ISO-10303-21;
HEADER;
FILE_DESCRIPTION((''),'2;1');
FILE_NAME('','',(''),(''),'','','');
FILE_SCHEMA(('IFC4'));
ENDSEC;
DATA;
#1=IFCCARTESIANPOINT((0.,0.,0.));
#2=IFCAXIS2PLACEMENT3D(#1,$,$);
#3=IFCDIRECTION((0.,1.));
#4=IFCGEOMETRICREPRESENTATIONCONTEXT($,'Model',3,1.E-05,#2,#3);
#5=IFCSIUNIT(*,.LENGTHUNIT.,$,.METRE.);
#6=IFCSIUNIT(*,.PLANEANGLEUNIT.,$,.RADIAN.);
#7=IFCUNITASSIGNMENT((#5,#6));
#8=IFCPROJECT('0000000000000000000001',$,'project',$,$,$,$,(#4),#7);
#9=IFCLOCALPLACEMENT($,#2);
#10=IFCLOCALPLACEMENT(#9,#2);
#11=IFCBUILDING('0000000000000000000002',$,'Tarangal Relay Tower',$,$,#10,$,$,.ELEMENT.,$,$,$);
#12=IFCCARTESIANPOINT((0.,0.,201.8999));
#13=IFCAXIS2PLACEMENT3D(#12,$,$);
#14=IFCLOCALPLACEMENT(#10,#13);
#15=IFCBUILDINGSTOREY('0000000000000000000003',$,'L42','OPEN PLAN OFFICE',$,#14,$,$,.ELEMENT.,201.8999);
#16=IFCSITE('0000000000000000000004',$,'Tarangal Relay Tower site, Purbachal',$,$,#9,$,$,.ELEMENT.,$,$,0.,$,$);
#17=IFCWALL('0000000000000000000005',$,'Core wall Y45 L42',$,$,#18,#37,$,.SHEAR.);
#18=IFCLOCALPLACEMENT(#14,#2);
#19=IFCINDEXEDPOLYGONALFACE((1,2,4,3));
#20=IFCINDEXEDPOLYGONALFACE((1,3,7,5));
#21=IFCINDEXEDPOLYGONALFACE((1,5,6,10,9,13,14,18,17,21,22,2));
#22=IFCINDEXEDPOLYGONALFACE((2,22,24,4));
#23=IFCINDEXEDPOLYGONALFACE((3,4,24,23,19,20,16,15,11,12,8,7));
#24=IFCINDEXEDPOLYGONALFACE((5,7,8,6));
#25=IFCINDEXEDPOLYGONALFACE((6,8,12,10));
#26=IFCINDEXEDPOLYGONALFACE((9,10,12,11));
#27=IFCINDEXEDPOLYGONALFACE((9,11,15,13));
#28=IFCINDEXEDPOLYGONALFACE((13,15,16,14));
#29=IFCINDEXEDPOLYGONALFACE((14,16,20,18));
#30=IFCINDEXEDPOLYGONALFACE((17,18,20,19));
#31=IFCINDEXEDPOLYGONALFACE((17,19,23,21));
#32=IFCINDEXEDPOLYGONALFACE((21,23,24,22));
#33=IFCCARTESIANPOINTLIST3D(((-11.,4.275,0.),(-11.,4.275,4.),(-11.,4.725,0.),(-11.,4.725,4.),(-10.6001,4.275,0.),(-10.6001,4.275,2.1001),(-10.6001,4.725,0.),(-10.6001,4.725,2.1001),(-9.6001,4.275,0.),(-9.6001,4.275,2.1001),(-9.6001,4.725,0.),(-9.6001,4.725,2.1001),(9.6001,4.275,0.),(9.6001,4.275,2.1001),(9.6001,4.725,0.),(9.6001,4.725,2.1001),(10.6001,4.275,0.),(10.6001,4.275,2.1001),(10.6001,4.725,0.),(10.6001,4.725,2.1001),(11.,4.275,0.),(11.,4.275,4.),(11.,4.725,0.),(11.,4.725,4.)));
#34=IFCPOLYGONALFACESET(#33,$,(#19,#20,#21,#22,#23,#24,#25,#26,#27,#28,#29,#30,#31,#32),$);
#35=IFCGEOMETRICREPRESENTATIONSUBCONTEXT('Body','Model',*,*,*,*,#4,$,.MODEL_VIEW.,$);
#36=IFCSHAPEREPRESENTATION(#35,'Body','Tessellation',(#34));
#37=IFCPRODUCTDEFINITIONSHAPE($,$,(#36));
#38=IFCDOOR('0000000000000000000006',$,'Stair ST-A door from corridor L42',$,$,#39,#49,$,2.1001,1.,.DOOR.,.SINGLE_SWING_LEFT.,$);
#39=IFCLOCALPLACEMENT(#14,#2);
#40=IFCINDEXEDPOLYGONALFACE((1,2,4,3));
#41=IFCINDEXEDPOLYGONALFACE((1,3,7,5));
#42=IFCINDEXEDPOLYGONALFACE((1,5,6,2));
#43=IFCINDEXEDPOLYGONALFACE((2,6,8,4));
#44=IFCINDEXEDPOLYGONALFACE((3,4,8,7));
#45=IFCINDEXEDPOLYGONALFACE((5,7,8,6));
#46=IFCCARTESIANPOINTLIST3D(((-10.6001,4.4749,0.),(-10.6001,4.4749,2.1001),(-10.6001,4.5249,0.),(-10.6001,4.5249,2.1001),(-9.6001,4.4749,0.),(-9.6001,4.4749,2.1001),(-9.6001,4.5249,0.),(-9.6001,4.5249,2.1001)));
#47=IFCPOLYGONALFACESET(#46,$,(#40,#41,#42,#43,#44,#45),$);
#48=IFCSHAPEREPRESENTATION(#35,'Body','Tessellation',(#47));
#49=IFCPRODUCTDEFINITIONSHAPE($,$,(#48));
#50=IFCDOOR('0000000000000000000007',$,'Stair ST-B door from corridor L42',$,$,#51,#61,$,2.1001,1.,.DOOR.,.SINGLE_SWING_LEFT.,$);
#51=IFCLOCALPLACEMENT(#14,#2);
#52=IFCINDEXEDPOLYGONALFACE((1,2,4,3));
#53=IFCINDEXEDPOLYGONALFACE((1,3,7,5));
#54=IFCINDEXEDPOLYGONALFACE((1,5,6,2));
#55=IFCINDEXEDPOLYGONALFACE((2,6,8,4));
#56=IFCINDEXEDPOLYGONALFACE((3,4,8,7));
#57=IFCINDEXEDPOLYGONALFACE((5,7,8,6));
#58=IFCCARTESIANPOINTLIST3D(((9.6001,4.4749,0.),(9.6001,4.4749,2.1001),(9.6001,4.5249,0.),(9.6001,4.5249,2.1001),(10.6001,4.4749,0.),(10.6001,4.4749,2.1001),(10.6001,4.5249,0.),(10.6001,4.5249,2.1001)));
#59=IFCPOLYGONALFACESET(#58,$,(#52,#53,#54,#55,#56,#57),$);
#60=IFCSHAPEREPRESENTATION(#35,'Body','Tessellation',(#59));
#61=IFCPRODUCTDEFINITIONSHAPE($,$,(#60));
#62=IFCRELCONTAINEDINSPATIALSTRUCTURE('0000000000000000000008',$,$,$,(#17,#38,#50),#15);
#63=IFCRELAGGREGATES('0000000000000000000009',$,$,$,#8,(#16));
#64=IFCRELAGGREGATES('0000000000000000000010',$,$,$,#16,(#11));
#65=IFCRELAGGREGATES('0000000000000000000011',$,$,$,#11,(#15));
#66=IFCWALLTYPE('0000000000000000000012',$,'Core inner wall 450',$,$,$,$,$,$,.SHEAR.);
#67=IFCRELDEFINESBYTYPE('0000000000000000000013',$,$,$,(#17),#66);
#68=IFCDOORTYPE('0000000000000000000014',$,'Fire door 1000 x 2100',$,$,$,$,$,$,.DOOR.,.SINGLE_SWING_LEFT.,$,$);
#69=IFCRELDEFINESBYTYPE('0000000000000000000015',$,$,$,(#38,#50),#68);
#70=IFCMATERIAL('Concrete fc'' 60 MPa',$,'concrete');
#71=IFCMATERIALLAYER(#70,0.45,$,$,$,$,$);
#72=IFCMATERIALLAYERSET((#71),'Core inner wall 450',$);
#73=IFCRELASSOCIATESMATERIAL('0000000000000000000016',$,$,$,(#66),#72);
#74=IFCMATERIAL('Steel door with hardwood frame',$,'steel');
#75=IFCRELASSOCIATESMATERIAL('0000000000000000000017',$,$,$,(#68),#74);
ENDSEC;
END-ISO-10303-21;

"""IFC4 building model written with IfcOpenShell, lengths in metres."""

from ifc_helpers import new_model, si_unit, direction, frame, frame_2d, origin, place, context, subcontext, project, spatial, rectangle, extrude, material, layer, layer_set, type_object, element, fill, save


model = new_model("IFC4")

# Units and contexts
model_context = context("Model", 3, precision=1e-05, world=origin(), true_north=direction((0.0, 1.0)))
body_context = subcontext(model_context, "Body", "Model", "MODEL_VIEW")
ifc_project = project(units=[si_unit("LENGTHUNIT", "METRE"), si_unit("PLANEANGLEUNIT", "RADIAN")], contexts=[model_context])

# Site, building, storey
site_placement = place(None, origin())
site = spatial("IfcSite", under=ifc_project, at=site_placement, Name="Tarangal Relay Tower site, Purbachal", CompositionType="ELEMENT", RefElevation=0.0)
building_placement = place(site_placement, origin())
building = spatial("IfcBuilding", under=site, at=building_placement, Name="Tarangal Relay Tower", CompositionType="ELEMENT")
storey_placement = place(building_placement, frame((0.0, 0.0, 201.8999)))
storey = spatial("IfcBuildingStorey", under=building, at=storey_placement, Name="L42", Description="OPEN PLAN OFFICE", CompositionType="ELEMENT", Elevation=201.8999)

# Wall, openings, doors
ifc_material_1 = material(Name="Concrete fc' 60 MPa", Category="concrete")
ifc_layer = layer(ifc_material_1, 0.45)
ifc_layer_set = layer_set([ifc_layer], Name="Core inner wall 450")
wall_type = type_object("IfcWallType", Name="Core inner wall 450", PredefinedType="SHEAR", material=ifc_layer_set)
wall_1_placement = place(storey_placement, frame((-11.0, 4.5, 0.0), z_axis=(0.0, 0.0, 1.0), x_axis=(1.0, 0.0, 0.0)))
wall_1 = element("IfcWall", 1, at=wall_1_placement, inside=storey, type_object=wall_type, Name="Core wall Y45 L42", PredefinedType="SHEAR", context=body_context, shape_type="SweptSolid", body=[
    extrude(rectangle(XDim=22.0, YDim=0.45, at=frame_2d((11.0, 0.0))), origin(), (0.0, 0.0, 1.0), 4.0),
])
opening_1_placement = place(wall_1_placement, frame((0.3999, 0.0, 0.0)))
opening_1 = element("IfcOpeningElement", 2, at=opening_1_placement, cuts=wall_1, PredefinedType="OPENING", context=body_context, shape_type="SweptSolid", body=[
    extrude(rectangle(XDim=1.0, YDim=2.1001, at=frame_2d((0.5, 1.05))), frame((0.0, 0.2349, 0.0), z_axis=(0.0, -1.0, 0.0), x_axis=(1.0, 0.0, 0.0)), (0.0, 0.0, 1.0), 0.47),
])
opening_2_placement = place(wall_1_placement, frame((20.6001, 0.0, 0.0)))
opening_2 = element("IfcOpeningElement", 3, at=opening_2_placement, cuts=wall_1, PredefinedType="OPENING", context=body_context, shape_type="SweptSolid", body=[
    extrude(rectangle(XDim=1.0, YDim=2.1001, at=frame_2d((0.5, 1.05))), frame((0.0, 0.2349, 0.0), z_axis=(0.0, -1.0, 0.0), x_axis=(1.0, 0.0, 0.0)), (0.0, 0.0, 1.0), 0.47),
])
ifc_material_2 = material(Name="Steel door with hardwood frame", Category="steel")
door_type_1 = type_object("IfcDoorType", Name="Fire door 1000 x 2100", OperationType="SINGLE_SWING_LEFT", PredefinedType="DOOR", material=ifc_material_2)
door_1_placement = place(opening_1_placement, origin())
door_1 = element("IfcDoor", 4, at=door_1_placement, inside=storey, type_object=door_type_1, Name="Stair ST-A door from corridor L42", OperationType="SINGLE_SWING_LEFT", OverallHeight=2.1001, OverallWidth=1.0, PredefinedType="DOOR", context=body_context, shape_type="SweptSolid", body=[
    extrude(rectangle(XDim=1.0, YDim=2.1001, at=frame_2d((0.5, 1.05))), frame((0.0, 0.0249, 0.0), z_axis=(0.0, -1.0, 0.0), x_axis=(1.0, 0.0, 0.0)), (0.0, 0.0, 1.0), 0.05),
])
fill(opening_1, door_1)
door_2_placement = place(opening_2_placement, origin())
door_2 = element("IfcDoor", 5, at=door_2_placement, inside=storey, type_object=door_type_1, Name="Stair ST-B door from corridor L42", OperationType="SINGLE_SWING_LEFT", OverallHeight=2.1001, OverallWidth=1.0, PredefinedType="DOOR", context=body_context, shape_type="SweptSolid", body=[
    extrude(rectangle(XDim=1.0, YDim=2.1001, at=frame_2d((0.5, 1.05))), frame((0.0, 0.0249, 0.0), z_axis=(0.0, -1.0, 0.0), x_axis=(1.0, 0.0, 0.0)), (0.0, 0.0, 1.0), 0.05),
])
fill(opening_2, door_2)

save(model, "model.ifc")
